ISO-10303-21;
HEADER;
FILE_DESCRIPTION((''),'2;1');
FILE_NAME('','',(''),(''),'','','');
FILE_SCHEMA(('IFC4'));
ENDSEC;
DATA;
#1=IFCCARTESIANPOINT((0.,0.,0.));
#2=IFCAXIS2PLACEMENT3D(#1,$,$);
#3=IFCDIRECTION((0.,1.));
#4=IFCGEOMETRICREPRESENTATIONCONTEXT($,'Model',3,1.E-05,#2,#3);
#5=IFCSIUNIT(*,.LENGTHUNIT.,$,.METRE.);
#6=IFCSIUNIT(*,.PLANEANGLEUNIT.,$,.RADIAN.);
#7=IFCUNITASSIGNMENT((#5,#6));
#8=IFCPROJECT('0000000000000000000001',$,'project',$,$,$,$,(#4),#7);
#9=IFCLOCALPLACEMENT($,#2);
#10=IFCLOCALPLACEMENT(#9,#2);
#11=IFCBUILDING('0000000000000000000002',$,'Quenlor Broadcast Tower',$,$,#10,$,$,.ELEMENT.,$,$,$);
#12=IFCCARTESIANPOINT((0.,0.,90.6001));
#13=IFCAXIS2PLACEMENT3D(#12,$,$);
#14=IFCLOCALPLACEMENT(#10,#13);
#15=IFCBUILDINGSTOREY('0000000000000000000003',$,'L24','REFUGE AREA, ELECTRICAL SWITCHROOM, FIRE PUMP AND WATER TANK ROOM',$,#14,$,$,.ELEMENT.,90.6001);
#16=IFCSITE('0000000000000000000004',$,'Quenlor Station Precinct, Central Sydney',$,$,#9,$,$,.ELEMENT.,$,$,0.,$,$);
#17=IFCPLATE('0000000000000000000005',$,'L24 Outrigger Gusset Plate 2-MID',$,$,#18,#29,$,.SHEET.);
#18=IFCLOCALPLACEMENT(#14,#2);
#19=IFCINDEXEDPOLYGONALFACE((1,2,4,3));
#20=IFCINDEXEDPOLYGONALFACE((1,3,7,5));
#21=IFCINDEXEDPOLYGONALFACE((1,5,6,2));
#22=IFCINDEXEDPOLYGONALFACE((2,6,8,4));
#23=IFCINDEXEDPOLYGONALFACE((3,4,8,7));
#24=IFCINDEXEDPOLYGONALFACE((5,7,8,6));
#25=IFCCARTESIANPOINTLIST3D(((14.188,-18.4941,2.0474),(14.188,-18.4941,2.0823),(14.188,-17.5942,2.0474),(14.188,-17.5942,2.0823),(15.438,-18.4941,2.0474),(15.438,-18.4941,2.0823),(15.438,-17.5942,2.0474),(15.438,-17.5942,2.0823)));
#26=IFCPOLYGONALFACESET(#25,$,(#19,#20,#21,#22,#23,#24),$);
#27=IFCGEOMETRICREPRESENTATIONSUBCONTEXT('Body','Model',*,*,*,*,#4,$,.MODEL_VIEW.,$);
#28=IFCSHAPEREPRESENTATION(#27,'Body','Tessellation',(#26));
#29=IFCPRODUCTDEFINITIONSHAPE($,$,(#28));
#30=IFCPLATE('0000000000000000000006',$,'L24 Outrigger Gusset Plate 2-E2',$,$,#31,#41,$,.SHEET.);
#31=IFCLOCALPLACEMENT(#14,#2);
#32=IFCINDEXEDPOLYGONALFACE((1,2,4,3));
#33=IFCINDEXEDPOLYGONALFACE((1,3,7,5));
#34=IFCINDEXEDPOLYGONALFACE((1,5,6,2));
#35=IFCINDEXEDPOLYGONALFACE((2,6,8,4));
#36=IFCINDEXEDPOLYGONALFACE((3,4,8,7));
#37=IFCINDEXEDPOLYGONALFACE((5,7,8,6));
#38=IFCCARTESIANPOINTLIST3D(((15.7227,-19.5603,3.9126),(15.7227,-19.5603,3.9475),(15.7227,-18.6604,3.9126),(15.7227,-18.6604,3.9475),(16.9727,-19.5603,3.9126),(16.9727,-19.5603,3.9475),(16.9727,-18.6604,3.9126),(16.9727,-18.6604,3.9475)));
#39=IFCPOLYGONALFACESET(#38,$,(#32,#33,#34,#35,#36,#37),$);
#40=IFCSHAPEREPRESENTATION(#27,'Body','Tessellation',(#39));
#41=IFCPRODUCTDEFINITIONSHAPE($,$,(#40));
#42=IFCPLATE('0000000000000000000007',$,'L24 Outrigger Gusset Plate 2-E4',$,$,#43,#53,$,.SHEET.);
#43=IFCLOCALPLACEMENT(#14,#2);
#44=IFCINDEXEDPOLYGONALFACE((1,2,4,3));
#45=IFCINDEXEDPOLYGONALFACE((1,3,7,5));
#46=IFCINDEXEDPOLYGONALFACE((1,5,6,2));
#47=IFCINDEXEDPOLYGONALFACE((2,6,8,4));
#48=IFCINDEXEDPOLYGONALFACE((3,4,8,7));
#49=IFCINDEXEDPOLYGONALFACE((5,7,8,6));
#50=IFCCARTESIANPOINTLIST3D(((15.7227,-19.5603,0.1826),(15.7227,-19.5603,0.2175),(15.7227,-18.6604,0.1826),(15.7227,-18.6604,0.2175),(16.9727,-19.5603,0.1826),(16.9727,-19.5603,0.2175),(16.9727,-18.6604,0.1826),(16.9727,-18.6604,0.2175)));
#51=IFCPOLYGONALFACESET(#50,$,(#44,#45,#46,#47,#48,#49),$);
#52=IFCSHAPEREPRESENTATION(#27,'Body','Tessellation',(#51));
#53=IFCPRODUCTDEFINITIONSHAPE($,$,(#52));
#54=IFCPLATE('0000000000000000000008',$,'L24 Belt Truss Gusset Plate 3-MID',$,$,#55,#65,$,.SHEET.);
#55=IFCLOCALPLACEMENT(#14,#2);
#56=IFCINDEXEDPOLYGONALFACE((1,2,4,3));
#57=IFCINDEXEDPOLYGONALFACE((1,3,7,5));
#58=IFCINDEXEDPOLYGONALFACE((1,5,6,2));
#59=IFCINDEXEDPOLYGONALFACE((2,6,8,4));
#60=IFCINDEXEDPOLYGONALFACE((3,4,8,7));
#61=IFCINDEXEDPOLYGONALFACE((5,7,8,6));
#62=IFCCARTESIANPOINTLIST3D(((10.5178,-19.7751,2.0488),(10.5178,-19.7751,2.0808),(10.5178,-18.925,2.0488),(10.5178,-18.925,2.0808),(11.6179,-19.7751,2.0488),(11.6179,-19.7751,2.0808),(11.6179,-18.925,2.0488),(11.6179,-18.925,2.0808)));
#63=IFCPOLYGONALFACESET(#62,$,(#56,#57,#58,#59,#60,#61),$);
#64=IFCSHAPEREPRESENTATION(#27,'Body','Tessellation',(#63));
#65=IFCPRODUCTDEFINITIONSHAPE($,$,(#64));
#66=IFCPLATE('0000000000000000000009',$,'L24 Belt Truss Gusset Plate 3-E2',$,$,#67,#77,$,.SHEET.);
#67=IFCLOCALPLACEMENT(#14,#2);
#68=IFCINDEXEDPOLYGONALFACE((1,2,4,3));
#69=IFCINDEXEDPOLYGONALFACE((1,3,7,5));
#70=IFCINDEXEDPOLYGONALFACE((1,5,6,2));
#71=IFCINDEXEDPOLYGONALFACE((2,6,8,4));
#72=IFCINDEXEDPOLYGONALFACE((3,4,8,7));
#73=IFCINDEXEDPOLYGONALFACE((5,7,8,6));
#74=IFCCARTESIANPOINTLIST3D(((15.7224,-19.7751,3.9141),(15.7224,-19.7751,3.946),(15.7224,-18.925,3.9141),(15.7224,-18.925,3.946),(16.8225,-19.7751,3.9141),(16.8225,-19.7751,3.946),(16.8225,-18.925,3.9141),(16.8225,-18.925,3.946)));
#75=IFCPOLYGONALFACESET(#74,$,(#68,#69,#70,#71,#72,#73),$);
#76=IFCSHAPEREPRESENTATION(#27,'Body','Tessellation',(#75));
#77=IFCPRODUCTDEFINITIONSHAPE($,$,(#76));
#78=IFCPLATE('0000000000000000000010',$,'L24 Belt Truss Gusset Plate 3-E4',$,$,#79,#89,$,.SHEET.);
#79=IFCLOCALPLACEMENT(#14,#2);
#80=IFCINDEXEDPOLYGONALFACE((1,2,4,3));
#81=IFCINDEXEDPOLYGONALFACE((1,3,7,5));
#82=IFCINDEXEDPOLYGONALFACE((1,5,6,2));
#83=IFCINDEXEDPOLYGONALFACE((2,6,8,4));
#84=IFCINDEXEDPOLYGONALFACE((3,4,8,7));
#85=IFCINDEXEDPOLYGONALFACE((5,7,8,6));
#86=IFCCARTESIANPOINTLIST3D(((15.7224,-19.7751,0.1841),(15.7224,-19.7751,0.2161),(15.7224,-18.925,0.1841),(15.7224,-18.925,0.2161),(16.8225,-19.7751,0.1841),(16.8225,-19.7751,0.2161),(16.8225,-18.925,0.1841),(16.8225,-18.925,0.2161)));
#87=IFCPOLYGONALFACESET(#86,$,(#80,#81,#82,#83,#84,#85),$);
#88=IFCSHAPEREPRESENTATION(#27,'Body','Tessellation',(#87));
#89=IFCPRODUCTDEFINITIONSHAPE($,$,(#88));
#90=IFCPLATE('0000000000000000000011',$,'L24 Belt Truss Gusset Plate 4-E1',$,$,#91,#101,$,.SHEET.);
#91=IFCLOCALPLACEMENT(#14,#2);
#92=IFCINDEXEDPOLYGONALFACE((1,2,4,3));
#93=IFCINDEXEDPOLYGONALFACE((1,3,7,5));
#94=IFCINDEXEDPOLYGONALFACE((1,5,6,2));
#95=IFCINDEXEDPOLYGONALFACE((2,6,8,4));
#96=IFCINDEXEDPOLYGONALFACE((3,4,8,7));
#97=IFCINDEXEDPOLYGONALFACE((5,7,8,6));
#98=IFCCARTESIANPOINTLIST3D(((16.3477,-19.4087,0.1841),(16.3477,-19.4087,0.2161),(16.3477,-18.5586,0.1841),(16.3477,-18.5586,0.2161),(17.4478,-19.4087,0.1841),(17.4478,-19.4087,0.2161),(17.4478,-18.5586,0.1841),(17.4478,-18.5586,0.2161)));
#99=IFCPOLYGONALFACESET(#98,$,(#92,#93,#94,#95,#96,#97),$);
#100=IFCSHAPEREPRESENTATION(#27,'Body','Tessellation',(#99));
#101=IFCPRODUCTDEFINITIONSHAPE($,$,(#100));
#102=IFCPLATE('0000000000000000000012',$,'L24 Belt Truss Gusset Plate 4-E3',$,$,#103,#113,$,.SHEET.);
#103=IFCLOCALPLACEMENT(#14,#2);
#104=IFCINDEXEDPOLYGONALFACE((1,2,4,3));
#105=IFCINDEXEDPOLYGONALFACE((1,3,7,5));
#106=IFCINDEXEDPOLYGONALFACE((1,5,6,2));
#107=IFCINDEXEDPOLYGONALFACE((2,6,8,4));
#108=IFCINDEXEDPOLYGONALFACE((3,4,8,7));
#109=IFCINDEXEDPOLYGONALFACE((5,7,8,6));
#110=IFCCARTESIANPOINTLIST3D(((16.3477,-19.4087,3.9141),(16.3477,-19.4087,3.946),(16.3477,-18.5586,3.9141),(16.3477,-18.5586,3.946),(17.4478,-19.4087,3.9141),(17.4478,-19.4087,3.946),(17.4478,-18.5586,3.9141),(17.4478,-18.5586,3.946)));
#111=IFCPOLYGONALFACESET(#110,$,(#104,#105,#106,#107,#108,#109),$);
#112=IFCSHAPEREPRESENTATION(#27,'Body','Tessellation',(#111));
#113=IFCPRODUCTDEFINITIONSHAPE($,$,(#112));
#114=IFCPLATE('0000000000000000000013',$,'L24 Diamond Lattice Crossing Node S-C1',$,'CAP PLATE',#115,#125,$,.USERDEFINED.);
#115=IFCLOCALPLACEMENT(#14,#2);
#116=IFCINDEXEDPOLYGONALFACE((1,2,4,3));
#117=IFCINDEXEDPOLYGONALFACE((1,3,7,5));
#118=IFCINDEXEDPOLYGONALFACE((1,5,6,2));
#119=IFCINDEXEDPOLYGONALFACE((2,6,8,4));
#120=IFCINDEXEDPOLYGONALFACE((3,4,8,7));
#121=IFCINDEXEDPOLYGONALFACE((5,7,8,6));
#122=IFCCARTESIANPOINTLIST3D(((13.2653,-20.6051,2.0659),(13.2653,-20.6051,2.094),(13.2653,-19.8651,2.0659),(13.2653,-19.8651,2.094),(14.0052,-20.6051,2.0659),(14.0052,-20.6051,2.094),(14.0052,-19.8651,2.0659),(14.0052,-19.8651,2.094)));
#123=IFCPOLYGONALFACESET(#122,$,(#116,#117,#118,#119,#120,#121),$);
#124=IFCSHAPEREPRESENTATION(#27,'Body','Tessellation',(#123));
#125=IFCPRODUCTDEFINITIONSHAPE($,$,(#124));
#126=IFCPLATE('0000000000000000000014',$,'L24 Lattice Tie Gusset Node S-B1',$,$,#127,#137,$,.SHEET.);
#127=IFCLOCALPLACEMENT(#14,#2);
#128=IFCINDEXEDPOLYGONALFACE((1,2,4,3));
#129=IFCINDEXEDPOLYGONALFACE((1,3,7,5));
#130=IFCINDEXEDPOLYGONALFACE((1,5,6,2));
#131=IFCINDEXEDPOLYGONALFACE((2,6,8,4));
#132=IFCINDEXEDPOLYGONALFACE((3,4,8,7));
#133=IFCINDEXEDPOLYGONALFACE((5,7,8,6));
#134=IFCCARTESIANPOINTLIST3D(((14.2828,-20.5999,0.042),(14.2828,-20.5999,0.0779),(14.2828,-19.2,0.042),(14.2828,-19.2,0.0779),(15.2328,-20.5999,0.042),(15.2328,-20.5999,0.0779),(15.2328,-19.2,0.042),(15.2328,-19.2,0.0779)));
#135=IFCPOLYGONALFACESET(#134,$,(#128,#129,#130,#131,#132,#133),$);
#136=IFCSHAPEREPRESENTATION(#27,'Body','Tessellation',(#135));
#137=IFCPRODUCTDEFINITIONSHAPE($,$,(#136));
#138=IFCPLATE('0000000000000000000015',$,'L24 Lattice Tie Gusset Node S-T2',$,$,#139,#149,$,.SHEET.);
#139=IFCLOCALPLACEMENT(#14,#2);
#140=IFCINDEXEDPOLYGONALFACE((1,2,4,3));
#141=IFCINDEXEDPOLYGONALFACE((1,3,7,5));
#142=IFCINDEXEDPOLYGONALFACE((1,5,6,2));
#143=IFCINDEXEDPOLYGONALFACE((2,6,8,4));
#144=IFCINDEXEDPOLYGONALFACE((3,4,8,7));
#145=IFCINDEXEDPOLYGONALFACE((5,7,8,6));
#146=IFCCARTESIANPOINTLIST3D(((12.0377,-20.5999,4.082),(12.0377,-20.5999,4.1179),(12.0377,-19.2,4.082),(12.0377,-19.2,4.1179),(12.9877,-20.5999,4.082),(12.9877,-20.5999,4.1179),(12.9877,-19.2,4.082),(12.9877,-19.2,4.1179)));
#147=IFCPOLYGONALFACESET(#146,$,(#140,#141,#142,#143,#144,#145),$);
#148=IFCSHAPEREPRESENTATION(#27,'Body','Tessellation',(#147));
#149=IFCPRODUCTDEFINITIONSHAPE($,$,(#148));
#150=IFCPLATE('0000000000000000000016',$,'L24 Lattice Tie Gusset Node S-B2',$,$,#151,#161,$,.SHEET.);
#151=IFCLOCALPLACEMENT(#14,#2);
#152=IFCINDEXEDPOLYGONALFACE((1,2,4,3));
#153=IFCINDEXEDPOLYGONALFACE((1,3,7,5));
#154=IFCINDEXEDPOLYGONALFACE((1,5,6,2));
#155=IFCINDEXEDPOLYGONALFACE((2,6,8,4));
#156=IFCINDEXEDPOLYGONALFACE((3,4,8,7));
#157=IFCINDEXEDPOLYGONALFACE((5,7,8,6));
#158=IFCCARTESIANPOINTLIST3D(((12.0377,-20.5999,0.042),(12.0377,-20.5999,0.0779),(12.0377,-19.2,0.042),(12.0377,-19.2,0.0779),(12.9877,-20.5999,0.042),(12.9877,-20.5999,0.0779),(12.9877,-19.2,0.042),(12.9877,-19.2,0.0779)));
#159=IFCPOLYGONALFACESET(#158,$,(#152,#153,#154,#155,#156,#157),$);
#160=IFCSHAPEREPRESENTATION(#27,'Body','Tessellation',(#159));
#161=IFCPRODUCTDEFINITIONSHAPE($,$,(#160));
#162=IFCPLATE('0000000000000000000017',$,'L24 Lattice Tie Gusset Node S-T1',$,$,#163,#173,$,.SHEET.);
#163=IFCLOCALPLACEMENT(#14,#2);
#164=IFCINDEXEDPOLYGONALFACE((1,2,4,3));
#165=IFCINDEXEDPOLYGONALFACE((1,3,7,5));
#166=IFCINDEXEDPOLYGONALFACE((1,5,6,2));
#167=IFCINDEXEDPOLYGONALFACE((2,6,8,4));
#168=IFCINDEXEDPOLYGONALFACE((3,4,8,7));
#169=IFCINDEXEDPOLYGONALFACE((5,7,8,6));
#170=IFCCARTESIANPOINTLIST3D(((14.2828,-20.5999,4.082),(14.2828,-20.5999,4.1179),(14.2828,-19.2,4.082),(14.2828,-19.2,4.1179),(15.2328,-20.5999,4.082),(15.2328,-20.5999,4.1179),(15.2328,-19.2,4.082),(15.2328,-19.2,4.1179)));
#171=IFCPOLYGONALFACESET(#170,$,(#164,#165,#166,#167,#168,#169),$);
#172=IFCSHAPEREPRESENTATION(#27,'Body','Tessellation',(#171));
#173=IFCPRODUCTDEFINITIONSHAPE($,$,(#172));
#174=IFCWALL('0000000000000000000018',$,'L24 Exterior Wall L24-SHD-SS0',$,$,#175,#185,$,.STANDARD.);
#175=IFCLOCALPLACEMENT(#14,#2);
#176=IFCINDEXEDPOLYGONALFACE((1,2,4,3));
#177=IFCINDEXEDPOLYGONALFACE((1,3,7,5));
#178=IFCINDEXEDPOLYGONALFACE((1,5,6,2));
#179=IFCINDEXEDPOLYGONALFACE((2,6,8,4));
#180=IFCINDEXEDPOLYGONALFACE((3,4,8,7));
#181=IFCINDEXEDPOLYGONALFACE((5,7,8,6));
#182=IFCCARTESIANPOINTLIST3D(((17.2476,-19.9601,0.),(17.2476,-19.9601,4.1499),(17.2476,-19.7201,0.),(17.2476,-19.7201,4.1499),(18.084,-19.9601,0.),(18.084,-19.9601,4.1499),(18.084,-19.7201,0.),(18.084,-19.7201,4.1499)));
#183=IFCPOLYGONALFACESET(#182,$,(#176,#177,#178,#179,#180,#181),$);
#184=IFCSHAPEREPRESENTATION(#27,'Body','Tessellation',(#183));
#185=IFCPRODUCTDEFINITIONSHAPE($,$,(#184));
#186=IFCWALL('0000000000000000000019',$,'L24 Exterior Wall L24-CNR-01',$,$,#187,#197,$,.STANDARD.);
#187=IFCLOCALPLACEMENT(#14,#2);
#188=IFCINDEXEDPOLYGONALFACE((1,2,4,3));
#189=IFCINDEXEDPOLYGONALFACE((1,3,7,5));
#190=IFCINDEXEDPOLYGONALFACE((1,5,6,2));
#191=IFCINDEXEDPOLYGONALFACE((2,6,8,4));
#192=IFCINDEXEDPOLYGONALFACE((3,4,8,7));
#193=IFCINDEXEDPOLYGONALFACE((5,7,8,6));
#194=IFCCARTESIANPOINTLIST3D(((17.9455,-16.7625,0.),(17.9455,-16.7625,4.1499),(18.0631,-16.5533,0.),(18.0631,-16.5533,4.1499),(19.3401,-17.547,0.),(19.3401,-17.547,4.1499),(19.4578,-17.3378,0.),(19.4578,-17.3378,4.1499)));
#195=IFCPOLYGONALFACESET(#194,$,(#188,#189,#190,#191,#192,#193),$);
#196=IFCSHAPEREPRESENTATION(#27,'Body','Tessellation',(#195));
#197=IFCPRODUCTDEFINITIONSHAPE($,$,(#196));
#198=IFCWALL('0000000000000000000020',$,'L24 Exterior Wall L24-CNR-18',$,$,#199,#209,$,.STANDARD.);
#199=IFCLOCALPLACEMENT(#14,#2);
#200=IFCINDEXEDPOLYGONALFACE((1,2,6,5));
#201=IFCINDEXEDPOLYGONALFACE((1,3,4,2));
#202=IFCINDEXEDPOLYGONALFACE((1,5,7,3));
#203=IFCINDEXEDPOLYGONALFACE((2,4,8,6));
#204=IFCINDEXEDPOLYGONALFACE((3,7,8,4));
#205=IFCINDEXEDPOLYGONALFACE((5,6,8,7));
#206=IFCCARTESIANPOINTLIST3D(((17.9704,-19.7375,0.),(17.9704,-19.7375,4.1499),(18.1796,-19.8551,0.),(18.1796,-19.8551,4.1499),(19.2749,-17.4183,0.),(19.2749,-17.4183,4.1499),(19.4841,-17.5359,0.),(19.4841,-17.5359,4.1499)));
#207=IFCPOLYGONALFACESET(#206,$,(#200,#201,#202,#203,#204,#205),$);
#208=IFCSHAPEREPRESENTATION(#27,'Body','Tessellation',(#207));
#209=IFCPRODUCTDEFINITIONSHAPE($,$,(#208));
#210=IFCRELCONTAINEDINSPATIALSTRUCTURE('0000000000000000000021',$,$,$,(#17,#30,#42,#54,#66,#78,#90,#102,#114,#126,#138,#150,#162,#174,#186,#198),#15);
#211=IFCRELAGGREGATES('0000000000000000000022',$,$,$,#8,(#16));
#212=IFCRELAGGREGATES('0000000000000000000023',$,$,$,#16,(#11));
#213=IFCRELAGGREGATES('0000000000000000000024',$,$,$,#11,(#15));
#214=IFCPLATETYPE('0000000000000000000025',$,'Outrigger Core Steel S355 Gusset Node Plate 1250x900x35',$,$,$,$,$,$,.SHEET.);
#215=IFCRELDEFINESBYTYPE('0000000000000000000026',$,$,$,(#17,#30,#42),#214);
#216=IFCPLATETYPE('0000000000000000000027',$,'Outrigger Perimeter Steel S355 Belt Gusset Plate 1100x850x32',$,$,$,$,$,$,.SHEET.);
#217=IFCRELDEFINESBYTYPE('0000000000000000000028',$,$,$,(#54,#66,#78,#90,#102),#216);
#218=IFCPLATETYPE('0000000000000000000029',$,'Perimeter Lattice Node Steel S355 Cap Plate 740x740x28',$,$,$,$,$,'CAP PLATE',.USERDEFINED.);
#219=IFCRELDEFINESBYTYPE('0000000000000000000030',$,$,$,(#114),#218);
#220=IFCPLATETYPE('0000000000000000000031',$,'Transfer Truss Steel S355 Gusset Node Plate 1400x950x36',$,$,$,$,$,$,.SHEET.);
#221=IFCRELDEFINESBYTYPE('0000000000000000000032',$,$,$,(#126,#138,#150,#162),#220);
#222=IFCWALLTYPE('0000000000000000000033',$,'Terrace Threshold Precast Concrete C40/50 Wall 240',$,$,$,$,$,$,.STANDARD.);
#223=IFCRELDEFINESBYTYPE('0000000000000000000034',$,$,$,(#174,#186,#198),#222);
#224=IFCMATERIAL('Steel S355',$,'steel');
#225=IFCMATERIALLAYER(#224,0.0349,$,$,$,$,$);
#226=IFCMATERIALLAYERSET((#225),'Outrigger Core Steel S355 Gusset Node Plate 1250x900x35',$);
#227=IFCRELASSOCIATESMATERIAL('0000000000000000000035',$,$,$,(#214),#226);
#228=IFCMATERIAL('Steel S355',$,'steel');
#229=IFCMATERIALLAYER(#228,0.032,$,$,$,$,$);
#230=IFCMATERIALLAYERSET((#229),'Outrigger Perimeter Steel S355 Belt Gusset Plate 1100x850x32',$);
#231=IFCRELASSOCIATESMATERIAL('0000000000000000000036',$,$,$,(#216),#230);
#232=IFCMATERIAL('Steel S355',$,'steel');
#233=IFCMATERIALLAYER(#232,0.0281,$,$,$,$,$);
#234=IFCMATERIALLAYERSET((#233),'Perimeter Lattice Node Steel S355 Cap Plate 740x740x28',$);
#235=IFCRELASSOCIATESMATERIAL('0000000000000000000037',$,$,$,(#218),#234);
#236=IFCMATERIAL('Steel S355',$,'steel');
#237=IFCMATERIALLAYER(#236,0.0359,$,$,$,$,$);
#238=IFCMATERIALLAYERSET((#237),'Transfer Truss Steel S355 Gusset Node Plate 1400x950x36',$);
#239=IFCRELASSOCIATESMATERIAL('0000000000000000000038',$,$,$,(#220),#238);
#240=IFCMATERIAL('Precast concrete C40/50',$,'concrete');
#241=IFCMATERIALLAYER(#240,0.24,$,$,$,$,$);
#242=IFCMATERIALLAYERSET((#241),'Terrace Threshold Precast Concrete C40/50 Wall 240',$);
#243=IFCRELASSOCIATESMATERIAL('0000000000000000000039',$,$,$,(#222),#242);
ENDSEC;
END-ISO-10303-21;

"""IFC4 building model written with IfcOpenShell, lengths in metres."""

from ifc_helpers import new_model, si_unit, direction, frame, frame_2d, origin, origin_2d, place, context, subcontext, project, spatial, rectangle, extrude, material, layer, layer_set, type_object, element, save


model = new_model("IFC4")

# Units and contexts
model_context = context("Model", 3, precision=1e-05, world=origin(), true_north=direction((0.0, 1.0)))
body_context = subcontext(model_context, "Body", "Model", "MODEL_VIEW")
ifc_project = project(units=[si_unit("LENGTHUNIT", "METRE"), si_unit("PLANEANGLEUNIT", "RADIAN")], contexts=[model_context])

# Site, building, storey
site_placement = place(None, origin())
site = spatial("IfcSite", under=ifc_project, at=site_placement, Name="Quenlor Station Precinct, Central Sydney", CompositionType="ELEMENT", RefElevation=0.0)
building_placement = place(site_placement, origin())
building = spatial("IfcBuilding", under=site, at=building_placement, Name="Quenlor Broadcast Tower", CompositionType="ELEMENT")
storey_placement = place(building_placement, frame((0.0, 0.0, 90.6001)))
storey = spatial("IfcBuildingStorey", under=building, at=storey_placement, Name="L24", Description="REFUGE AREA, ELECTRICAL SWITCHROOM, FIRE PUMP AND WATER TANK ROOM", CompositionType="ELEMENT", Elevation=90.6001)

# Plates
ifc_material_1 = material(Name="Steel S355", Category="steel")
ifc_layer_1 = layer(ifc_material_1, 0.0349)
ifc_layer_set_1 = layer_set([ifc_layer_1], Name="Outrigger Core Steel S355 Gusset Node Plate 1250x900x35")
plate_type_1 = type_object("IfcPlateType", Name="Outrigger Core Steel S355 Gusset Node Plate 1250x900x35", PredefinedType="SHEET", material=ifc_layer_set_1)
for number, where, z_axis, x_axis, name in (
    (1, (14.813, -18.0442, 2.0474), (0.0, 0.0, 1.0), (1.0, 0.0, 0.0), "L24 Outrigger Gusset Plate 2-MID"),
    (2, (16.3477, -19.1104, 3.9126), (0.0, 0.0, 1.0), (1.0, 0.0, 0.0), "L24 Outrigger Gusset Plate 2-E2"),
    (3, (16.3477, -19.1104, 0.1826), (0.0, 0.0, 1.0), (1.0, 0.0, 0.0), "L24 Outrigger Gusset Plate 2-E4"),
):
    element("IfcPlate", number, at=place(storey_placement, frame(where, z_axis=z_axis, x_axis=x_axis)), inside=storey, type_object=plate_type_1, Name=name, PredefinedType="SHEET", context=body_context, shape_type="SweptSolid", body=[
        extrude(rectangle(XDim=1.25, YDim=0.8999, at=origin_2d()), origin(), (0.0, 0.0, 1.0), 0.0349),
    ])
ifc_material_2 = material(Name="Steel S355", Category="steel")
ifc_layer_2 = layer(ifc_material_2, 0.032)
ifc_layer_set_2 = layer_set([ifc_layer_2], Name="Outrigger Perimeter Steel S355 Belt Gusset Plate 1100x850x32")
plate_type_2 = type_object("IfcPlateType", Name="Outrigger Perimeter Steel S355 Belt Gusset Plate 1100x850x32", PredefinedType="SHEET", material=ifc_layer_set_2)
for number, where, z_axis, x_axis, name in (
    (4, (11.0679, -19.3501, 2.0488), (0.0, 0.0, 1.0), (1.0, 0.0, 0.0), "L24 Belt Truss Gusset Plate 3-MID"),
    (5, (16.2725, -19.3501, 3.9141), (0.0, 0.0, 1.0), (1.0, 0.0, 0.0), "L24 Belt Truss Gusset Plate 3-E2"),
    (6, (16.2725, -19.3501, 0.1841), (0.0, 0.0, 1.0), (1.0, 0.0, 0.0), "L24 Belt Truss Gusset Plate 3-E4"),
    (7, (16.8977, -18.9836, 0.1841), (0.0, 0.0, 1.0), (1.0, 0.0, 0.0), "L24 Belt Truss Gusset Plate 4-E1"),
    (8, (16.8977, -18.9836, 3.9141), (0.0, 0.0, 1.0), (1.0, 0.0, 0.0), "L24 Belt Truss Gusset Plate 4-E3"),
):
    element("IfcPlate", number, at=place(storey_placement, frame(where, z_axis=z_axis, x_axis=x_axis)), inside=storey, type_object=plate_type_2, Name=name, PredefinedType="SHEET", context=body_context, shape_type="SweptSolid", body=[
        extrude(rectangle(XDim=1.1001, YDim=0.8501, at=origin_2d()), origin(), (0.0, 0.0, 1.0), 0.032),
    ])
ifc_material_3 = material(Name="Steel S355", Category="steel")
ifc_layer_3 = layer(ifc_material_3, 0.0281)
ifc_layer_set_3 = layer_set([ifc_layer_3], Name="Perimeter Lattice Node Steel S355 Cap Plate 740x740x28")
plate_type_3 = type_object("IfcPlateType", Name="Perimeter Lattice Node Steel S355 Cap Plate 740x740x28", ElementType="CAP PLATE", PredefinedType="USERDEFINED", material=ifc_layer_set_3)
plate_placement = place(storey_placement, frame((13.6353, -20.2351, 2.0659), z_axis=(0.0, 0.0, 1.0), x_axis=(-1.0, 0.0, 0.0)))
element("IfcPlate", 9, at=plate_placement, inside=storey, type_object=plate_type_3, Name="L24 Diamond Lattice Crossing Node S-C1", ObjectType="CAP PLATE", PredefinedType="USERDEFINED", context=body_context, shape_type="SweptSolid", body=[
    extrude(rectangle(XDim=0.74, YDim=0.74, at=origin_2d()), origin(), (0.0, 0.0, 1.0), 0.0281),
])
ifc_material_4 = material(Name="Steel S355", Category="steel")
ifc_layer_4 = layer(ifc_material_4, 0.0359)
ifc_layer_set_4 = layer_set([ifc_layer_4], Name="Transfer Truss Steel S355 Gusset Node Plate 1400x950x36")
plate_type_4 = type_object("IfcPlateType", Name="Transfer Truss Steel S355 Gusset Node Plate 1400x950x36", PredefinedType="SHEET", material=ifc_layer_set_4)
for number, where, z_axis, x_axis, name in (
    (10, (14.7578, -19.8999, 0.042), (0.0, 0.0, 1.0), (0.0, -1.0, 0.0), "L24 Lattice Tie Gusset Node S-B1"),
    (11, (12.5127, -19.8999, 4.082), (0.0, 0.0, 1.0), (0.0, -1.0, 0.0), "L24 Lattice Tie Gusset Node S-T2"),
    (12, (12.5127, -19.8999, 0.042), (0.0, 0.0, 1.0), (0.0, -1.0, 0.0), "L24 Lattice Tie Gusset Node S-B2"),
    (13, (14.7578, -19.8999, 4.082), (0.0, 0.0, 1.0), (0.0, -1.0, 0.0), "L24 Lattice Tie Gusset Node S-T1"),
):
    element("IfcPlate", number, at=place(storey_placement, frame(where, z_axis=z_axis, x_axis=x_axis)), inside=storey, type_object=plate_type_4, Name=name, PredefinedType="SHEET", context=body_context, shape_type="SweptSolid", body=[
        extrude(rectangle(XDim=1.3999, YDim=0.95, at=origin_2d()), origin(), (0.0, 0.0, 1.0), 0.0359),
    ])

# Walls
ifc_material_5 = material(Name="Precast concrete C40/50", Category="concrete")
ifc_layer_5 = layer(ifc_material_5, 0.24)
ifc_layer_set_5 = layer_set([ifc_layer_5], Name="Terrace Threshold Precast Concrete C40/50 Wall 240")
wall_type_1 = type_object("IfcWallType", Name="Terrace Threshold Precast Concrete C40/50 Wall 240", PredefinedType="STANDARD", material=ifc_layer_set_5)
wall_1_placement = place(storey_placement, frame((18.084, -19.8401, 0.0), z_axis=(0.0, 0.0, 1.0), x_axis=(-1.0, 0.0, 0.0)))
element("IfcWall", 14, at=wall_1_placement, inside=storey, type_object=wall_type_1, Name="L24 Exterior Wall L24-SHD-SS0", PredefinedType="STANDARD", context=body_context, shape_type="SweptSolid", body=[
    extrude(rectangle(XDim=0.8364, YDim=0.24, at=frame_2d((0.4182, 0.0))), origin(), (0.0, 0.0, 1.0), 4.1499),
])
wall_2_placement = place(storey_placement, frame((19.3989, -17.4424, 0.0), z_axis=(0.0, 0.0, 1.0), x_axis=(-0.871576, 0.490261, 0.0)))
element("IfcWall", 15, at=wall_2_placement, inside=storey, type_object=wall_type_1, Name="L24 Exterior Wall L24-CNR-01", PredefinedType="STANDARD", context=body_context, shape_type="SweptSolid", body=[
    extrude(rectangle(XDim=1.6001, YDim=0.24, at=frame_2d((0.8, 0.0))), origin(), (0.0, 0.0, 1.0), 4.1499),
])
wall_3_placement = place(storey_placement, frame((18.075, -19.7964, 0.0), z_axis=(0.0, 0.0, 1.0), x_axis=(0.490248, 0.871583, 0.0)))
element("IfcWall", 16, at=wall_3_placement, inside=storey, type_object=wall_type_1, Name="L24 Exterior Wall L24-CNR-18", PredefinedType="STANDARD", context=body_context, shape_type="SweptSolid", body=[
    extrude(rectangle(XDim=2.6609, YDim=0.24, at=frame_2d((1.3306, 0.0))), origin(), (0.0, 0.0, 1.0), 4.1499),
])

save(model, "model.ifc")
